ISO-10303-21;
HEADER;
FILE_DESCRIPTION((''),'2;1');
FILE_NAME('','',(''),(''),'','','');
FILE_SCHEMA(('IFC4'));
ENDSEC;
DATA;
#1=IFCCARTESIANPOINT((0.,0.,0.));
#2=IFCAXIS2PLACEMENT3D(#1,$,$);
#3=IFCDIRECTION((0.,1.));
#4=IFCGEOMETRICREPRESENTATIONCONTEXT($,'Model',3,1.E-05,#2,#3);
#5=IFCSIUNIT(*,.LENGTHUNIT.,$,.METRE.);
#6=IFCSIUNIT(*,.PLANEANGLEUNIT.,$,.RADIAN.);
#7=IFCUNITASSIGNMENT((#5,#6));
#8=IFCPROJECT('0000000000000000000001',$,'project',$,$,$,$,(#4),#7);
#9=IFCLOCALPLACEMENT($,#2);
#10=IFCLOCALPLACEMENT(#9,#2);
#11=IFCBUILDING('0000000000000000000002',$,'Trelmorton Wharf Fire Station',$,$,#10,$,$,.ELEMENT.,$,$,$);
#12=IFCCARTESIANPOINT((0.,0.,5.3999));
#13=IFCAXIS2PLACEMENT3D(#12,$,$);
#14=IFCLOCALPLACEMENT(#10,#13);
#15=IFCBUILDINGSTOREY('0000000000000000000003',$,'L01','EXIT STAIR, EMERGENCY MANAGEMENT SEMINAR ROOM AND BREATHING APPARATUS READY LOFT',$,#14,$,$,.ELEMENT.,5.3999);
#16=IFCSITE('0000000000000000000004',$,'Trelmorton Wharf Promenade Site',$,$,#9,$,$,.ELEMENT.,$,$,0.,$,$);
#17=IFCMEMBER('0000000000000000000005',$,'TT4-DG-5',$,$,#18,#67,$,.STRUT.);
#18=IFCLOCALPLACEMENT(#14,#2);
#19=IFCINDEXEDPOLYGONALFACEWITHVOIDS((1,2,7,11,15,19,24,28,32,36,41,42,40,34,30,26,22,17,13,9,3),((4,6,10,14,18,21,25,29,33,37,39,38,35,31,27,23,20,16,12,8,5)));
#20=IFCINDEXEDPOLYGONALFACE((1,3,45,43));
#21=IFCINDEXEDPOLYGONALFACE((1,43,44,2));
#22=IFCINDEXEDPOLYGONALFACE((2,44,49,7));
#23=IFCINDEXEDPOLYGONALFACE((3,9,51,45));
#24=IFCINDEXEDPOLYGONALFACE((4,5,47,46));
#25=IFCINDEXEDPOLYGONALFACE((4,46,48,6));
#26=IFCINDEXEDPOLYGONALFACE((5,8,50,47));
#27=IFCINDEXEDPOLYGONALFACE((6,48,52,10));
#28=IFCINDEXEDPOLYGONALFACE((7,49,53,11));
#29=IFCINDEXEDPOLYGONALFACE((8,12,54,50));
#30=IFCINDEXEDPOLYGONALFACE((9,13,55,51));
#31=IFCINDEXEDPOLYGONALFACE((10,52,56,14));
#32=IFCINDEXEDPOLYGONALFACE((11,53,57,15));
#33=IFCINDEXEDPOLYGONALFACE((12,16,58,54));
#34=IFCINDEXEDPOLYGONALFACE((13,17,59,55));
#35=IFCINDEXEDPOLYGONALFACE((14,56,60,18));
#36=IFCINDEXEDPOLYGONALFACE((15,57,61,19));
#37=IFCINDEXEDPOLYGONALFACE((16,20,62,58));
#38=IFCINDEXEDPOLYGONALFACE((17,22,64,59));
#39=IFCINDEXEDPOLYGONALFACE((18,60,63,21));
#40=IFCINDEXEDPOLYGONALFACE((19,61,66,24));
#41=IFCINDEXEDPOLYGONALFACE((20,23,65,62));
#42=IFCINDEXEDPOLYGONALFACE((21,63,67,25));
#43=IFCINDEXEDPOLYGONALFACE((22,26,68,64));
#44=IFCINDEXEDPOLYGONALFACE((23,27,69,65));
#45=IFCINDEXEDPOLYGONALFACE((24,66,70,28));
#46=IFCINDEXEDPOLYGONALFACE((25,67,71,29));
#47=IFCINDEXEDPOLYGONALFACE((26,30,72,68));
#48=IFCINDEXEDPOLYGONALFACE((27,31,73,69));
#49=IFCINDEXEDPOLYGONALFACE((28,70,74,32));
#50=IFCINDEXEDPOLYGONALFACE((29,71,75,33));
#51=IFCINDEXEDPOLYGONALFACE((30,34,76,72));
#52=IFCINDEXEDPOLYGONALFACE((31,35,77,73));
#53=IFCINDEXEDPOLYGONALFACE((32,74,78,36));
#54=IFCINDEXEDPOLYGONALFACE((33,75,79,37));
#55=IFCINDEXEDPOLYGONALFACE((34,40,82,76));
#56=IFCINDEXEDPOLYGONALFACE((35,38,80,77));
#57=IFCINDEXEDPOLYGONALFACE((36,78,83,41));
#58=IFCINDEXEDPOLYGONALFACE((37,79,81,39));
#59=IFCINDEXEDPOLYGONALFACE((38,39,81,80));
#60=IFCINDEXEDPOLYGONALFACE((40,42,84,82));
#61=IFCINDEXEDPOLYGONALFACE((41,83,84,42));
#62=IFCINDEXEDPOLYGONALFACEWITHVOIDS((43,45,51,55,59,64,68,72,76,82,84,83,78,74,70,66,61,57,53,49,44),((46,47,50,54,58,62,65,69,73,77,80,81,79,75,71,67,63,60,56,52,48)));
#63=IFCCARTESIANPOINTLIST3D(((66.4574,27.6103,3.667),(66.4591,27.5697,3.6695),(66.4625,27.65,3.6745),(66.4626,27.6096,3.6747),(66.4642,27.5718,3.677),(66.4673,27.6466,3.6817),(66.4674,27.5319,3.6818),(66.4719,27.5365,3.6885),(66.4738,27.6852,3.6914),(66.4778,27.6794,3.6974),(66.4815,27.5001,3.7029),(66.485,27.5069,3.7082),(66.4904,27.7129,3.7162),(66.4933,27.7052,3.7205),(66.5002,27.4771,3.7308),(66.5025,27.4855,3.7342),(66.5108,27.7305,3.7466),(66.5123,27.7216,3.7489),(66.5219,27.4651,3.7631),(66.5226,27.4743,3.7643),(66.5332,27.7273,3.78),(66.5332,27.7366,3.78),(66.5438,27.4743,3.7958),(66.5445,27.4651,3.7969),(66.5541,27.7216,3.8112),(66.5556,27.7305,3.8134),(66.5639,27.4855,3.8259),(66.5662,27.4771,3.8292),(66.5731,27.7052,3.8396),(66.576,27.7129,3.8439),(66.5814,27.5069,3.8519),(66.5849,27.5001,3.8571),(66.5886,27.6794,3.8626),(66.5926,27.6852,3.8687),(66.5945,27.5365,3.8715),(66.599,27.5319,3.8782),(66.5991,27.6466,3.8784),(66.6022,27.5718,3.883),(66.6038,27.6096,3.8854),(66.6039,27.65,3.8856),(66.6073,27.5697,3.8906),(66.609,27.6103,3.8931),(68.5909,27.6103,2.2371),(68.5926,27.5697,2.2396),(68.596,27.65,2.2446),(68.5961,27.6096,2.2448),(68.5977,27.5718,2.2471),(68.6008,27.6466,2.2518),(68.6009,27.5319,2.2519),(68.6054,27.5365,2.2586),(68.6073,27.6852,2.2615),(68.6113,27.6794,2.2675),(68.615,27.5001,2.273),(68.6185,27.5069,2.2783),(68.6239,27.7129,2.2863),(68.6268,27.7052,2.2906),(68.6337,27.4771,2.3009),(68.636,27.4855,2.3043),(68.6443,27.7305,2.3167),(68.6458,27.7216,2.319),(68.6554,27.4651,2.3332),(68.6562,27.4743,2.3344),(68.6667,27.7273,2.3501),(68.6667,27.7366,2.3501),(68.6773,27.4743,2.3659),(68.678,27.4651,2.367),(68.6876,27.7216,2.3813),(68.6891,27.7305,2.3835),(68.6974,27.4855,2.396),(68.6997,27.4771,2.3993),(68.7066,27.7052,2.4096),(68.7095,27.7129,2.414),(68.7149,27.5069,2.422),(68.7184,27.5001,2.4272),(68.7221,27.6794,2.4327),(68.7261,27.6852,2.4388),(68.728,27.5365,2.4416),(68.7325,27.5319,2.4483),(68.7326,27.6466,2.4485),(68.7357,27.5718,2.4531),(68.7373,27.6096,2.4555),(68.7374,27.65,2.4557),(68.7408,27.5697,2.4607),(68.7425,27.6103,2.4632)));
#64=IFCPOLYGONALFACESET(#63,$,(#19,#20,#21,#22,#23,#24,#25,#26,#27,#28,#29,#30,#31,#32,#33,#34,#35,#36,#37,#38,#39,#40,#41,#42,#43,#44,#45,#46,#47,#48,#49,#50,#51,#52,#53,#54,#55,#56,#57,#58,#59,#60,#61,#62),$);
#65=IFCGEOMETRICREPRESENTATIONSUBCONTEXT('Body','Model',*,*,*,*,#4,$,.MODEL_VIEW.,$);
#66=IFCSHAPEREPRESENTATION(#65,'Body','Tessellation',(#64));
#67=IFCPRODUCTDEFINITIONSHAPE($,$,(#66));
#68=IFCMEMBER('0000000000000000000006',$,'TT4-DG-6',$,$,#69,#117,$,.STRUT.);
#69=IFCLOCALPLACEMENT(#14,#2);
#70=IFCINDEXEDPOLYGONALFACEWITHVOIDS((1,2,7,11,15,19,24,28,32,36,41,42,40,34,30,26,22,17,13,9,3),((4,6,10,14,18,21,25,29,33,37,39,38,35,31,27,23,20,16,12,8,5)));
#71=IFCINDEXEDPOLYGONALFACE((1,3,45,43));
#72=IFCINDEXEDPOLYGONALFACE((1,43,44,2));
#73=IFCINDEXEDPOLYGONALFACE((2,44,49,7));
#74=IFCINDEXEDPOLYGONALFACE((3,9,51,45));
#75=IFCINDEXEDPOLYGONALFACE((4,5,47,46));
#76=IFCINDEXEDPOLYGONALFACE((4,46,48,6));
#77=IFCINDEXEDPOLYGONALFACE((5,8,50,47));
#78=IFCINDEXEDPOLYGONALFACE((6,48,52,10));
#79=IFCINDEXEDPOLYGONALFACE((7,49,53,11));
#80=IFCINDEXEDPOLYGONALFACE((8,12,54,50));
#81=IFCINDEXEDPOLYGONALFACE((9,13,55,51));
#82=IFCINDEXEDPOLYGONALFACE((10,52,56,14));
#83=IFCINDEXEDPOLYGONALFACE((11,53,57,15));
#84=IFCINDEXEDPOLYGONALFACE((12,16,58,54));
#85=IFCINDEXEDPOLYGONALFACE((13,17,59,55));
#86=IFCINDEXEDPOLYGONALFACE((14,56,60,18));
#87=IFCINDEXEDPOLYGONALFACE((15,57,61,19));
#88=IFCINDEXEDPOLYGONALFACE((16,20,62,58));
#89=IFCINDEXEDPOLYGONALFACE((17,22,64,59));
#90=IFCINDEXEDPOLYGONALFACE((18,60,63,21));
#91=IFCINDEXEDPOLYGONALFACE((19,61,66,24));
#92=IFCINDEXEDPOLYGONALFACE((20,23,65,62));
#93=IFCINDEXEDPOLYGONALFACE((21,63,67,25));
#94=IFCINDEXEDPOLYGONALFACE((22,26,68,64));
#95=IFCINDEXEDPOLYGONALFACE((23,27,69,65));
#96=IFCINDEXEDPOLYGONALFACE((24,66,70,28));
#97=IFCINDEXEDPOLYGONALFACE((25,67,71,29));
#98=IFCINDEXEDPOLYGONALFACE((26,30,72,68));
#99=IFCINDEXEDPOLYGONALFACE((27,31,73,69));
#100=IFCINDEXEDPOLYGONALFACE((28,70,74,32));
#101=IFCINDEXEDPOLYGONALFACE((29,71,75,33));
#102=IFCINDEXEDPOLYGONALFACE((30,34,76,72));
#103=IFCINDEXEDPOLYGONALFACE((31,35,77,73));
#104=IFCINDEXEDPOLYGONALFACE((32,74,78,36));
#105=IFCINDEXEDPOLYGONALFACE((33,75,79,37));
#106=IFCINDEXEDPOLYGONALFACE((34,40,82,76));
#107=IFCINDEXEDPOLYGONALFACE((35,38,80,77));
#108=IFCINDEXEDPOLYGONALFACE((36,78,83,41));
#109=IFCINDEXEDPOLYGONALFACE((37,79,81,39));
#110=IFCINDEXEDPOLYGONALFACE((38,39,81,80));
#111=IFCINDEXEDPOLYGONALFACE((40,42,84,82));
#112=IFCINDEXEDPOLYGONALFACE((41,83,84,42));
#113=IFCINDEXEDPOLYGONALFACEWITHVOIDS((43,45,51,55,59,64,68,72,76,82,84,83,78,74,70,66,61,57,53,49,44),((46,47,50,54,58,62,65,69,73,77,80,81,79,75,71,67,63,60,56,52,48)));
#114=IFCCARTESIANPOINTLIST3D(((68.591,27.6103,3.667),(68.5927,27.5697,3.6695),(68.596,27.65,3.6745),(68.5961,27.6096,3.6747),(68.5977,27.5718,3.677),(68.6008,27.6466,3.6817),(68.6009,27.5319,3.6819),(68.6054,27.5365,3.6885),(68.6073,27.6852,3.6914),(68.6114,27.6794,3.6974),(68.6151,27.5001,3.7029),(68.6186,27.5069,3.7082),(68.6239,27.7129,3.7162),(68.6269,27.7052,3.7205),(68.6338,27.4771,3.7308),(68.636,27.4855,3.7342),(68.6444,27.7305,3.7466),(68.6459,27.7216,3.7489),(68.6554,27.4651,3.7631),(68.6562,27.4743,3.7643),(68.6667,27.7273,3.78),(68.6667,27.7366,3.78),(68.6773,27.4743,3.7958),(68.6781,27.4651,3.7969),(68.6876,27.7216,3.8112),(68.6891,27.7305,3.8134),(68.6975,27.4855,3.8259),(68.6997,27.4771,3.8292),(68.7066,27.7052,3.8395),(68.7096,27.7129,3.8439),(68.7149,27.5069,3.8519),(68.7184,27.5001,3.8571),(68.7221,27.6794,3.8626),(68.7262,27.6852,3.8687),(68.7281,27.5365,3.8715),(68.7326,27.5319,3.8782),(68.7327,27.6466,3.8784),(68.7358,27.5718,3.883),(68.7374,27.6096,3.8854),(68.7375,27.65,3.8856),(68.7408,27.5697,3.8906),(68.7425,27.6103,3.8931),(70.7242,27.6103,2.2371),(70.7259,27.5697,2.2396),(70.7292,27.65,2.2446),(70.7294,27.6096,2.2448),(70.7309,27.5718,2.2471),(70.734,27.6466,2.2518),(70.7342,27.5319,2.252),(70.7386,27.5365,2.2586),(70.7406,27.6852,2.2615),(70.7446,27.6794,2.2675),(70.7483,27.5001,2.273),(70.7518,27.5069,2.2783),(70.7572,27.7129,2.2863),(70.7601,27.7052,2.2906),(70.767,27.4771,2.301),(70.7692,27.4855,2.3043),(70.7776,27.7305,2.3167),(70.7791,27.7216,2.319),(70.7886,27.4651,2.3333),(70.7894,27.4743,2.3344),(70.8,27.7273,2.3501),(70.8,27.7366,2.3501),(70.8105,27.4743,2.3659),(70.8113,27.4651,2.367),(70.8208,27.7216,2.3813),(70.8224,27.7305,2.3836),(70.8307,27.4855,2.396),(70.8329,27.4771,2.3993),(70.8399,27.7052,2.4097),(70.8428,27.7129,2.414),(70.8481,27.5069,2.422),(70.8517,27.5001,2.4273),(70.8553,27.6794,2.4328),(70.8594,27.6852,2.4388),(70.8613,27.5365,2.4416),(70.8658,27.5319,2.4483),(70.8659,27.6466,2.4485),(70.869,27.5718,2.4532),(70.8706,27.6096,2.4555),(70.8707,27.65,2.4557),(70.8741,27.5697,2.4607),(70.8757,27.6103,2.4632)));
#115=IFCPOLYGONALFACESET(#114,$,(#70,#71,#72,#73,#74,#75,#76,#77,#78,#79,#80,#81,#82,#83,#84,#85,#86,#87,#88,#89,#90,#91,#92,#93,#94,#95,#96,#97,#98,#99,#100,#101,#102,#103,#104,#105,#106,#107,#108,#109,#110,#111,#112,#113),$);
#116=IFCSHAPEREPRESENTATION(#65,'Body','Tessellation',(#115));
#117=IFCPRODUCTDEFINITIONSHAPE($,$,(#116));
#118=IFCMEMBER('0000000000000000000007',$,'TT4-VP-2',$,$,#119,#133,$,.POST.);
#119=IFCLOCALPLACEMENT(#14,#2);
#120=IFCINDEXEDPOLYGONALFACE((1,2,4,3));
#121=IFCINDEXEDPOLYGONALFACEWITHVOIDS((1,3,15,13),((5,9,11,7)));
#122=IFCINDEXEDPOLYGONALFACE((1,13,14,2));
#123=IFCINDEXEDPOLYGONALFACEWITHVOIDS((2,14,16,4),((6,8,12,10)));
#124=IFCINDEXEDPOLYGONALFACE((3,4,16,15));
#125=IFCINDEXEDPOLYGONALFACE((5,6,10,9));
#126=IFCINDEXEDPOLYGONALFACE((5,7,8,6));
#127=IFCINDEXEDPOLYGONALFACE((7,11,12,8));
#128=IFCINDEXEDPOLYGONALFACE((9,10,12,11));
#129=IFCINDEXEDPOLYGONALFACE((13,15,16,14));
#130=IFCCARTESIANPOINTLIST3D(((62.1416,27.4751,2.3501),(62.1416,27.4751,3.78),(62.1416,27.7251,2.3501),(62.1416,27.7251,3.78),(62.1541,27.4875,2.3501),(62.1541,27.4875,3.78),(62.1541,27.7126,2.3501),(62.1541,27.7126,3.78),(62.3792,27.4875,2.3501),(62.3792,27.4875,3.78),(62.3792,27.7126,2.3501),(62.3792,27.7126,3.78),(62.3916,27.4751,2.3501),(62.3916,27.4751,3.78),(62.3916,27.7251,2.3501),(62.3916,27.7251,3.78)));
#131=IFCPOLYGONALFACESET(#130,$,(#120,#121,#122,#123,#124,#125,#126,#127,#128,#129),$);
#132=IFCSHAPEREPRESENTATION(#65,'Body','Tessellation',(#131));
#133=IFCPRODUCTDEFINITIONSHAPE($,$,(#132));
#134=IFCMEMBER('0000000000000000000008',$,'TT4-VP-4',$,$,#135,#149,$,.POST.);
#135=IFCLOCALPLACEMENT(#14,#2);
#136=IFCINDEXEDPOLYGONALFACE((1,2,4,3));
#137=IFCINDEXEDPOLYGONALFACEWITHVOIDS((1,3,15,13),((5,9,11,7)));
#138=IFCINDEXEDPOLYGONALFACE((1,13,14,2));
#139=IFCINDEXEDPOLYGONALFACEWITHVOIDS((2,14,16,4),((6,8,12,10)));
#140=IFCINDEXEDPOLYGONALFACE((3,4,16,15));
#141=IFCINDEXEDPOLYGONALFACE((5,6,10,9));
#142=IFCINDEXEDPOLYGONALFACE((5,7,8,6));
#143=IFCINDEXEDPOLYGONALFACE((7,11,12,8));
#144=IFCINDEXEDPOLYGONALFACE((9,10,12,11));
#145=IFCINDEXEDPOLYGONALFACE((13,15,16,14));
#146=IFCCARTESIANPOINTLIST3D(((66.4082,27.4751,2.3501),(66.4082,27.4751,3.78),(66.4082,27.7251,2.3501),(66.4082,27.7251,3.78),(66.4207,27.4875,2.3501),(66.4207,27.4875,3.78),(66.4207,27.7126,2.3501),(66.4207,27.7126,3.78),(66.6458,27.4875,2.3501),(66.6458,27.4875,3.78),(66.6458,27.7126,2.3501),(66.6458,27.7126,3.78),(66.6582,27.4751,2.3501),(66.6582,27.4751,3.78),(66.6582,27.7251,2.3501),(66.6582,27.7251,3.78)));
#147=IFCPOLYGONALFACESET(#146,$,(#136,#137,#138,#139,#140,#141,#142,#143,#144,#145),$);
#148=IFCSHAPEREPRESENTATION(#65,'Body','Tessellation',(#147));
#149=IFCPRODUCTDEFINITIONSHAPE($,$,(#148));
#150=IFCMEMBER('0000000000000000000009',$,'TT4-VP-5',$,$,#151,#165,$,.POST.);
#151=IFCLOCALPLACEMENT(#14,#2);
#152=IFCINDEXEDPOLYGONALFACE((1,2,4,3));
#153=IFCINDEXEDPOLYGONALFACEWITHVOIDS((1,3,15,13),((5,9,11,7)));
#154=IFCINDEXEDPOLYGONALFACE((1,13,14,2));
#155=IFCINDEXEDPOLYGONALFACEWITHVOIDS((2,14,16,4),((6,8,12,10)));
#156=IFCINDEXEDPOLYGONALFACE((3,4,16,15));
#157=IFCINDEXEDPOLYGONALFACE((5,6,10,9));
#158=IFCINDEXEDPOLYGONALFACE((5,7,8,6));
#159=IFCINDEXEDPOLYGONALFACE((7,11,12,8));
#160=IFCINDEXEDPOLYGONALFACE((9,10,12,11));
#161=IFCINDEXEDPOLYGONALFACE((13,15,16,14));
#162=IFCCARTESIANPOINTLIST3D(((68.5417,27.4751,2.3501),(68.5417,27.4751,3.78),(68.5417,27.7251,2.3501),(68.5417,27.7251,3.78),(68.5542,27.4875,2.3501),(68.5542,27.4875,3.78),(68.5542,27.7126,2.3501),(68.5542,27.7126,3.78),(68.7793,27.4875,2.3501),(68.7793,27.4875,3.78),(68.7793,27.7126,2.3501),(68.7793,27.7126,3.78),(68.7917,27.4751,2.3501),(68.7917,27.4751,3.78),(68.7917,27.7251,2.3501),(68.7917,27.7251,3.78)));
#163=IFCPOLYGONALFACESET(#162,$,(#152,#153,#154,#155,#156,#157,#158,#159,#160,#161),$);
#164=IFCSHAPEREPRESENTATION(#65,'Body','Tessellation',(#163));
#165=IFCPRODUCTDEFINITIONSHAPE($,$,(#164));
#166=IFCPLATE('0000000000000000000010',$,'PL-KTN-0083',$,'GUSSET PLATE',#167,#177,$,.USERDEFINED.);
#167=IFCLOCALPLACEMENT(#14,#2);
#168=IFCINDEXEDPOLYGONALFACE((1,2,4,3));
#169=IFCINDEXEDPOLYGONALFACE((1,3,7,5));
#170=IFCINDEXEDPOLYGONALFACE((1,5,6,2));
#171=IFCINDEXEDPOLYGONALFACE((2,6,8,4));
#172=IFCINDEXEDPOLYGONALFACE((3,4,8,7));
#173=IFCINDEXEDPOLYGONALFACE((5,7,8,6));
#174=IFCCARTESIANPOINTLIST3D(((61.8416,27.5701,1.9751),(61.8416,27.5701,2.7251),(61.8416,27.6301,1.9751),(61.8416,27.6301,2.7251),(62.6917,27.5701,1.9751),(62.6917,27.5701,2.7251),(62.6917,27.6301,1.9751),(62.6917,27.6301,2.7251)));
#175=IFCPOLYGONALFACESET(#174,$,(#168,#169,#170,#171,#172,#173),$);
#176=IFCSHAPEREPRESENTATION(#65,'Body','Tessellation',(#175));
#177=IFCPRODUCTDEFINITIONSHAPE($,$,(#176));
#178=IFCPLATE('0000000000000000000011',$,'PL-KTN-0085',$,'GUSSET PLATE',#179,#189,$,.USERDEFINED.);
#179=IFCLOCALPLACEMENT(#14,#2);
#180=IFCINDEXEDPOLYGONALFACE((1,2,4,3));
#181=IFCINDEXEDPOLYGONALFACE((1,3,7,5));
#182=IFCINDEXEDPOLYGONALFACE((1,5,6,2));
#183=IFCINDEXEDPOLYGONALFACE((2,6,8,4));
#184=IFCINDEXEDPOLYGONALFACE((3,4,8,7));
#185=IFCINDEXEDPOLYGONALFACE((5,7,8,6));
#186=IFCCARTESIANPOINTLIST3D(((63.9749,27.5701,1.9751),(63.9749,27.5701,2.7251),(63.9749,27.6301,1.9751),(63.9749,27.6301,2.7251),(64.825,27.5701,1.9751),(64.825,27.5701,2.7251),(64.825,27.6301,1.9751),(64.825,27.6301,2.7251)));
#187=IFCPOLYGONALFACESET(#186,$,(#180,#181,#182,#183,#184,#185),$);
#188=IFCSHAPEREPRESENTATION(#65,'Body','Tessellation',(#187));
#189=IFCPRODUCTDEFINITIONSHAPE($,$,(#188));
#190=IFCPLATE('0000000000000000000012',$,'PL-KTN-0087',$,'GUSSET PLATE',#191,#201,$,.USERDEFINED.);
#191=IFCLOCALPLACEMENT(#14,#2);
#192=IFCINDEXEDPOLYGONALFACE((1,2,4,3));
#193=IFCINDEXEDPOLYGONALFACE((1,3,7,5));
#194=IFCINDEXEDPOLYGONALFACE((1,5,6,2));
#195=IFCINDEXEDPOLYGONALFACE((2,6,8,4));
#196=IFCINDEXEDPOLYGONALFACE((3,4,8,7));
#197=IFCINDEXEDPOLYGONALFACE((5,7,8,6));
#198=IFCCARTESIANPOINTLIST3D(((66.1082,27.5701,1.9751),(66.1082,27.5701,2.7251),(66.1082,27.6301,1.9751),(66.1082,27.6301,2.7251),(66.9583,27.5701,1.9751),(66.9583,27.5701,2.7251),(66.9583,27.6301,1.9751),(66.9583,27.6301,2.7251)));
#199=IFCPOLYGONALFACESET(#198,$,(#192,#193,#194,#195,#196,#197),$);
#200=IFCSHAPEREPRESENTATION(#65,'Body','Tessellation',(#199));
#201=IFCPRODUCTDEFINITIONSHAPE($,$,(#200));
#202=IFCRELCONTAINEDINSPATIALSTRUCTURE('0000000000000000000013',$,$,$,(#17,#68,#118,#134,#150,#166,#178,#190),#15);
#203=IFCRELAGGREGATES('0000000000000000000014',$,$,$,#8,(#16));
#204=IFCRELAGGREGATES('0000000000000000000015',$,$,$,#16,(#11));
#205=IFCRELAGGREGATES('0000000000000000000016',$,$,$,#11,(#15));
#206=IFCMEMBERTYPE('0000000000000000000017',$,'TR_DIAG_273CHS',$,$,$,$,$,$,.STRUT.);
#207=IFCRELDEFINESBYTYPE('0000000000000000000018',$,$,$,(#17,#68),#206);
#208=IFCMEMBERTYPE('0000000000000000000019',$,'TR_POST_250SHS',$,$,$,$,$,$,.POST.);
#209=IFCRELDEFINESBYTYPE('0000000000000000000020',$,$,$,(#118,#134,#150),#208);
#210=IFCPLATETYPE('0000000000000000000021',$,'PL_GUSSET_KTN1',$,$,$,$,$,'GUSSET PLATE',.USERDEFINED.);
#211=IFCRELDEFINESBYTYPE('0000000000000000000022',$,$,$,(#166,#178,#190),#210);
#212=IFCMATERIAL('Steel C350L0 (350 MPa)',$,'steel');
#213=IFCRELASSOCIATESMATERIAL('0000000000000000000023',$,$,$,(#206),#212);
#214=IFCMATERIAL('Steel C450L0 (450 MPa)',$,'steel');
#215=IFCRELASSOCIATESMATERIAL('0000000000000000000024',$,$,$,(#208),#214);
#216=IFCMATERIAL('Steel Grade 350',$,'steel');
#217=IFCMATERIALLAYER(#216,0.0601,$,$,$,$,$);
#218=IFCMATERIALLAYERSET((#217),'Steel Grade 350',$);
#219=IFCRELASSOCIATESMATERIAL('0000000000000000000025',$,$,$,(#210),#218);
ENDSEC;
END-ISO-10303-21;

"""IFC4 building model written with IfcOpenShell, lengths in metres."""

from ifc_helpers import new_model, si_unit, direction, frame, origin, origin_2d, place, context, subcontext, project, spatial, rectangle, hollow_rectangle, hollow_circle, extrude, material, layer, layer_set, material_profile, profile_set, type_object, element, save


model = new_model("IFC4")

# Units and contexts
model_context = context("Model", 3, precision=1e-05, world=origin(), true_north=direction((0.0, 1.0)))
body_context = subcontext(model_context, "Body", "Model", "MODEL_VIEW")
ifc_project = project(units=[si_unit("LENGTHUNIT", "METRE"), si_unit("PLANEANGLEUNIT", "RADIAN")], contexts=[model_context])

# Site, building, storey
site_placement = place(None, origin())
site = spatial("IfcSite", under=ifc_project, at=site_placement, Name="Trelmorton Wharf Promenade Site", CompositionType="ELEMENT", RefElevation=0.0)
building_placement = place(site_placement, origin())
building = spatial("IfcBuilding", under=site, at=building_placement, Name="Trelmorton Wharf Fire Station", CompositionType="ELEMENT")
storey_placement = place(building_placement, frame((0.0, 0.0, 5.3999)))
storey = spatial("IfcBuildingStorey", under=building, at=storey_placement, Name="L01", Description="EXIT STAIR, EMERGENCY MANAGEMENT SEMINAR ROOM AND BREATHING APPARATUS READY LOFT", CompositionType="ELEMENT", Elevation=5.3999)

# Shared definitions
ifc_material_1 = material(Name="Steel Grade 350", Category="steel")

# Members
ifc_material_2 = material(Name="Steel C450L0 (450 MPa)", Category="steel")
ifc_material_3 = material(Name="Steel C350L0 (350 MPa)", Category="steel")
ifc_material_profile_1 = material_profile(ifc_material_3, hollow_circle(Radius=0.1365, WallThickness=0.0093, at=origin_2d()), Name="273.1x9.3CHS")
ifc_profile_set_1 = profile_set([ifc_material_profile_1], Name="Steel C350L0 (350 MPa)")
member_type_1 = type_object("IfcMemberType", Name="TR_DIAG_273CHS", PredefinedType="STRUT", material=ifc_profile_set_1)
member_1_placement = place(storey_placement, frame((66.5332, 27.6001, 3.78), z_axis=(0.830688, 0.0, -0.556739), x_axis=(0.0, 1.0, 0.0)))
element("IfcMember", 1, at=member_1_placement, inside=storey, type_object=member_type_1, Name="TT4-DG-5", PredefinedType="STRUT", context=body_context, shape_type="SweptSolid", body=[
    extrude(hollow_circle(Radius=0.1365, WallThickness=0.0093, at=origin_2d()), origin(), (0.0, 0.0, 1.0), 2.5684),
])
member_2_placement = place(storey_placement, frame((68.6667, 27.6001, 3.78), z_axis=(0.830658, 0.0, -0.556783), x_axis=(0.0, 1.0, 0.0)))
element("IfcMember", 2, at=member_2_placement, inside=storey, type_object=member_type_1, Name="TT4-DG-6", PredefinedType="STRUT", context=body_context, shape_type="SweptSolid", body=[
    extrude(hollow_circle(Radius=0.1365, WallThickness=0.0093, at=origin_2d()), origin(), (0.0, 0.0, 1.0), 2.5681),
])
ifc_material_profile_2 = material_profile(ifc_material_2, hollow_rectangle(XDim=0.25, YDim=0.25, WallThickness=0.0125, at=origin_2d()), Name="250x250x12.5SHS")
ifc_profile_set_2 = profile_set([ifc_material_profile_2], Name="Steel C450L0 (450 MPa)")
member_type_2 = type_object("IfcMemberType", Name="TR_POST_250SHS", PredefinedType="POST", material=ifc_profile_set_2)
for number, where, z_axis, x_axis, name in (
    (3, (62.2666, 27.6001, 2.3501), (0.0, 0.0, 1.0), (1.0, 0.0, 0.0), "TT4-VP-2"),
    (4, (66.5332, 27.6001, 2.3501), (0.0, 0.0, 1.0), (1.0, 0.0, 0.0), "TT4-VP-4"),
    (5, (68.6667, 27.6001, 2.3501), (0.0, 0.0, 1.0), (1.0, 0.0, 0.0), "TT4-VP-5"),
):
    element("IfcMember", number, at=place(storey_placement, frame(where, z_axis=z_axis, x_axis=x_axis)), inside=storey, type_object=member_type_2, Name=name, PredefinedType="POST", context=body_context, shape_type="SweptSolid", body=[
        extrude(hollow_rectangle(XDim=0.25, YDim=0.25, WallThickness=0.0125, at=origin_2d()), origin(), (0.0, 0.0, 1.0), 1.4299),
    ])

# Plates
ifc_layer_1 = layer(ifc_material_1, 0.0601)
ifc_layer_set_1 = layer_set([ifc_layer_1], Name="Steel Grade 350")
plate_type_1 = type_object("IfcPlateType", Name="PL_GUSSET_KTN1", ElementType="GUSSET PLATE", PredefinedType="USERDEFINED", material=ifc_layer_set_1)
for number, where, z_axis, x_axis, name in (
    (6, (62.2666, 27.6001, 1.9751), (0.0, 0.0, 1.0), (1.0, 0.0, 0.0), "PL-KTN-0083"),
    (7, (64.3999, 27.6001, 1.9751), (0.0, 0.0, 1.0), (1.0, 0.0, 0.0), "PL-KTN-0085"),
    (8, (66.5332, 27.6001, 1.9751), (0.0, 0.0, 1.0), (1.0, 0.0, 0.0), "PL-KTN-0087"),
):
    element("IfcPlate", number, at=place(storey_placement, frame(where, z_axis=z_axis, x_axis=x_axis)), inside=storey, type_object=plate_type_1, Name=name, ObjectType="GUSSET PLATE", PredefinedType="USERDEFINED", context=body_context, shape_type="SweptSolid", body=[
        extrude(rectangle(XDim=0.8501, YDim=0.0601, at=origin_2d()), origin(), (0.0, 0.0, 1.0), 0.75),
    ])

save(model, "model.ifc")
